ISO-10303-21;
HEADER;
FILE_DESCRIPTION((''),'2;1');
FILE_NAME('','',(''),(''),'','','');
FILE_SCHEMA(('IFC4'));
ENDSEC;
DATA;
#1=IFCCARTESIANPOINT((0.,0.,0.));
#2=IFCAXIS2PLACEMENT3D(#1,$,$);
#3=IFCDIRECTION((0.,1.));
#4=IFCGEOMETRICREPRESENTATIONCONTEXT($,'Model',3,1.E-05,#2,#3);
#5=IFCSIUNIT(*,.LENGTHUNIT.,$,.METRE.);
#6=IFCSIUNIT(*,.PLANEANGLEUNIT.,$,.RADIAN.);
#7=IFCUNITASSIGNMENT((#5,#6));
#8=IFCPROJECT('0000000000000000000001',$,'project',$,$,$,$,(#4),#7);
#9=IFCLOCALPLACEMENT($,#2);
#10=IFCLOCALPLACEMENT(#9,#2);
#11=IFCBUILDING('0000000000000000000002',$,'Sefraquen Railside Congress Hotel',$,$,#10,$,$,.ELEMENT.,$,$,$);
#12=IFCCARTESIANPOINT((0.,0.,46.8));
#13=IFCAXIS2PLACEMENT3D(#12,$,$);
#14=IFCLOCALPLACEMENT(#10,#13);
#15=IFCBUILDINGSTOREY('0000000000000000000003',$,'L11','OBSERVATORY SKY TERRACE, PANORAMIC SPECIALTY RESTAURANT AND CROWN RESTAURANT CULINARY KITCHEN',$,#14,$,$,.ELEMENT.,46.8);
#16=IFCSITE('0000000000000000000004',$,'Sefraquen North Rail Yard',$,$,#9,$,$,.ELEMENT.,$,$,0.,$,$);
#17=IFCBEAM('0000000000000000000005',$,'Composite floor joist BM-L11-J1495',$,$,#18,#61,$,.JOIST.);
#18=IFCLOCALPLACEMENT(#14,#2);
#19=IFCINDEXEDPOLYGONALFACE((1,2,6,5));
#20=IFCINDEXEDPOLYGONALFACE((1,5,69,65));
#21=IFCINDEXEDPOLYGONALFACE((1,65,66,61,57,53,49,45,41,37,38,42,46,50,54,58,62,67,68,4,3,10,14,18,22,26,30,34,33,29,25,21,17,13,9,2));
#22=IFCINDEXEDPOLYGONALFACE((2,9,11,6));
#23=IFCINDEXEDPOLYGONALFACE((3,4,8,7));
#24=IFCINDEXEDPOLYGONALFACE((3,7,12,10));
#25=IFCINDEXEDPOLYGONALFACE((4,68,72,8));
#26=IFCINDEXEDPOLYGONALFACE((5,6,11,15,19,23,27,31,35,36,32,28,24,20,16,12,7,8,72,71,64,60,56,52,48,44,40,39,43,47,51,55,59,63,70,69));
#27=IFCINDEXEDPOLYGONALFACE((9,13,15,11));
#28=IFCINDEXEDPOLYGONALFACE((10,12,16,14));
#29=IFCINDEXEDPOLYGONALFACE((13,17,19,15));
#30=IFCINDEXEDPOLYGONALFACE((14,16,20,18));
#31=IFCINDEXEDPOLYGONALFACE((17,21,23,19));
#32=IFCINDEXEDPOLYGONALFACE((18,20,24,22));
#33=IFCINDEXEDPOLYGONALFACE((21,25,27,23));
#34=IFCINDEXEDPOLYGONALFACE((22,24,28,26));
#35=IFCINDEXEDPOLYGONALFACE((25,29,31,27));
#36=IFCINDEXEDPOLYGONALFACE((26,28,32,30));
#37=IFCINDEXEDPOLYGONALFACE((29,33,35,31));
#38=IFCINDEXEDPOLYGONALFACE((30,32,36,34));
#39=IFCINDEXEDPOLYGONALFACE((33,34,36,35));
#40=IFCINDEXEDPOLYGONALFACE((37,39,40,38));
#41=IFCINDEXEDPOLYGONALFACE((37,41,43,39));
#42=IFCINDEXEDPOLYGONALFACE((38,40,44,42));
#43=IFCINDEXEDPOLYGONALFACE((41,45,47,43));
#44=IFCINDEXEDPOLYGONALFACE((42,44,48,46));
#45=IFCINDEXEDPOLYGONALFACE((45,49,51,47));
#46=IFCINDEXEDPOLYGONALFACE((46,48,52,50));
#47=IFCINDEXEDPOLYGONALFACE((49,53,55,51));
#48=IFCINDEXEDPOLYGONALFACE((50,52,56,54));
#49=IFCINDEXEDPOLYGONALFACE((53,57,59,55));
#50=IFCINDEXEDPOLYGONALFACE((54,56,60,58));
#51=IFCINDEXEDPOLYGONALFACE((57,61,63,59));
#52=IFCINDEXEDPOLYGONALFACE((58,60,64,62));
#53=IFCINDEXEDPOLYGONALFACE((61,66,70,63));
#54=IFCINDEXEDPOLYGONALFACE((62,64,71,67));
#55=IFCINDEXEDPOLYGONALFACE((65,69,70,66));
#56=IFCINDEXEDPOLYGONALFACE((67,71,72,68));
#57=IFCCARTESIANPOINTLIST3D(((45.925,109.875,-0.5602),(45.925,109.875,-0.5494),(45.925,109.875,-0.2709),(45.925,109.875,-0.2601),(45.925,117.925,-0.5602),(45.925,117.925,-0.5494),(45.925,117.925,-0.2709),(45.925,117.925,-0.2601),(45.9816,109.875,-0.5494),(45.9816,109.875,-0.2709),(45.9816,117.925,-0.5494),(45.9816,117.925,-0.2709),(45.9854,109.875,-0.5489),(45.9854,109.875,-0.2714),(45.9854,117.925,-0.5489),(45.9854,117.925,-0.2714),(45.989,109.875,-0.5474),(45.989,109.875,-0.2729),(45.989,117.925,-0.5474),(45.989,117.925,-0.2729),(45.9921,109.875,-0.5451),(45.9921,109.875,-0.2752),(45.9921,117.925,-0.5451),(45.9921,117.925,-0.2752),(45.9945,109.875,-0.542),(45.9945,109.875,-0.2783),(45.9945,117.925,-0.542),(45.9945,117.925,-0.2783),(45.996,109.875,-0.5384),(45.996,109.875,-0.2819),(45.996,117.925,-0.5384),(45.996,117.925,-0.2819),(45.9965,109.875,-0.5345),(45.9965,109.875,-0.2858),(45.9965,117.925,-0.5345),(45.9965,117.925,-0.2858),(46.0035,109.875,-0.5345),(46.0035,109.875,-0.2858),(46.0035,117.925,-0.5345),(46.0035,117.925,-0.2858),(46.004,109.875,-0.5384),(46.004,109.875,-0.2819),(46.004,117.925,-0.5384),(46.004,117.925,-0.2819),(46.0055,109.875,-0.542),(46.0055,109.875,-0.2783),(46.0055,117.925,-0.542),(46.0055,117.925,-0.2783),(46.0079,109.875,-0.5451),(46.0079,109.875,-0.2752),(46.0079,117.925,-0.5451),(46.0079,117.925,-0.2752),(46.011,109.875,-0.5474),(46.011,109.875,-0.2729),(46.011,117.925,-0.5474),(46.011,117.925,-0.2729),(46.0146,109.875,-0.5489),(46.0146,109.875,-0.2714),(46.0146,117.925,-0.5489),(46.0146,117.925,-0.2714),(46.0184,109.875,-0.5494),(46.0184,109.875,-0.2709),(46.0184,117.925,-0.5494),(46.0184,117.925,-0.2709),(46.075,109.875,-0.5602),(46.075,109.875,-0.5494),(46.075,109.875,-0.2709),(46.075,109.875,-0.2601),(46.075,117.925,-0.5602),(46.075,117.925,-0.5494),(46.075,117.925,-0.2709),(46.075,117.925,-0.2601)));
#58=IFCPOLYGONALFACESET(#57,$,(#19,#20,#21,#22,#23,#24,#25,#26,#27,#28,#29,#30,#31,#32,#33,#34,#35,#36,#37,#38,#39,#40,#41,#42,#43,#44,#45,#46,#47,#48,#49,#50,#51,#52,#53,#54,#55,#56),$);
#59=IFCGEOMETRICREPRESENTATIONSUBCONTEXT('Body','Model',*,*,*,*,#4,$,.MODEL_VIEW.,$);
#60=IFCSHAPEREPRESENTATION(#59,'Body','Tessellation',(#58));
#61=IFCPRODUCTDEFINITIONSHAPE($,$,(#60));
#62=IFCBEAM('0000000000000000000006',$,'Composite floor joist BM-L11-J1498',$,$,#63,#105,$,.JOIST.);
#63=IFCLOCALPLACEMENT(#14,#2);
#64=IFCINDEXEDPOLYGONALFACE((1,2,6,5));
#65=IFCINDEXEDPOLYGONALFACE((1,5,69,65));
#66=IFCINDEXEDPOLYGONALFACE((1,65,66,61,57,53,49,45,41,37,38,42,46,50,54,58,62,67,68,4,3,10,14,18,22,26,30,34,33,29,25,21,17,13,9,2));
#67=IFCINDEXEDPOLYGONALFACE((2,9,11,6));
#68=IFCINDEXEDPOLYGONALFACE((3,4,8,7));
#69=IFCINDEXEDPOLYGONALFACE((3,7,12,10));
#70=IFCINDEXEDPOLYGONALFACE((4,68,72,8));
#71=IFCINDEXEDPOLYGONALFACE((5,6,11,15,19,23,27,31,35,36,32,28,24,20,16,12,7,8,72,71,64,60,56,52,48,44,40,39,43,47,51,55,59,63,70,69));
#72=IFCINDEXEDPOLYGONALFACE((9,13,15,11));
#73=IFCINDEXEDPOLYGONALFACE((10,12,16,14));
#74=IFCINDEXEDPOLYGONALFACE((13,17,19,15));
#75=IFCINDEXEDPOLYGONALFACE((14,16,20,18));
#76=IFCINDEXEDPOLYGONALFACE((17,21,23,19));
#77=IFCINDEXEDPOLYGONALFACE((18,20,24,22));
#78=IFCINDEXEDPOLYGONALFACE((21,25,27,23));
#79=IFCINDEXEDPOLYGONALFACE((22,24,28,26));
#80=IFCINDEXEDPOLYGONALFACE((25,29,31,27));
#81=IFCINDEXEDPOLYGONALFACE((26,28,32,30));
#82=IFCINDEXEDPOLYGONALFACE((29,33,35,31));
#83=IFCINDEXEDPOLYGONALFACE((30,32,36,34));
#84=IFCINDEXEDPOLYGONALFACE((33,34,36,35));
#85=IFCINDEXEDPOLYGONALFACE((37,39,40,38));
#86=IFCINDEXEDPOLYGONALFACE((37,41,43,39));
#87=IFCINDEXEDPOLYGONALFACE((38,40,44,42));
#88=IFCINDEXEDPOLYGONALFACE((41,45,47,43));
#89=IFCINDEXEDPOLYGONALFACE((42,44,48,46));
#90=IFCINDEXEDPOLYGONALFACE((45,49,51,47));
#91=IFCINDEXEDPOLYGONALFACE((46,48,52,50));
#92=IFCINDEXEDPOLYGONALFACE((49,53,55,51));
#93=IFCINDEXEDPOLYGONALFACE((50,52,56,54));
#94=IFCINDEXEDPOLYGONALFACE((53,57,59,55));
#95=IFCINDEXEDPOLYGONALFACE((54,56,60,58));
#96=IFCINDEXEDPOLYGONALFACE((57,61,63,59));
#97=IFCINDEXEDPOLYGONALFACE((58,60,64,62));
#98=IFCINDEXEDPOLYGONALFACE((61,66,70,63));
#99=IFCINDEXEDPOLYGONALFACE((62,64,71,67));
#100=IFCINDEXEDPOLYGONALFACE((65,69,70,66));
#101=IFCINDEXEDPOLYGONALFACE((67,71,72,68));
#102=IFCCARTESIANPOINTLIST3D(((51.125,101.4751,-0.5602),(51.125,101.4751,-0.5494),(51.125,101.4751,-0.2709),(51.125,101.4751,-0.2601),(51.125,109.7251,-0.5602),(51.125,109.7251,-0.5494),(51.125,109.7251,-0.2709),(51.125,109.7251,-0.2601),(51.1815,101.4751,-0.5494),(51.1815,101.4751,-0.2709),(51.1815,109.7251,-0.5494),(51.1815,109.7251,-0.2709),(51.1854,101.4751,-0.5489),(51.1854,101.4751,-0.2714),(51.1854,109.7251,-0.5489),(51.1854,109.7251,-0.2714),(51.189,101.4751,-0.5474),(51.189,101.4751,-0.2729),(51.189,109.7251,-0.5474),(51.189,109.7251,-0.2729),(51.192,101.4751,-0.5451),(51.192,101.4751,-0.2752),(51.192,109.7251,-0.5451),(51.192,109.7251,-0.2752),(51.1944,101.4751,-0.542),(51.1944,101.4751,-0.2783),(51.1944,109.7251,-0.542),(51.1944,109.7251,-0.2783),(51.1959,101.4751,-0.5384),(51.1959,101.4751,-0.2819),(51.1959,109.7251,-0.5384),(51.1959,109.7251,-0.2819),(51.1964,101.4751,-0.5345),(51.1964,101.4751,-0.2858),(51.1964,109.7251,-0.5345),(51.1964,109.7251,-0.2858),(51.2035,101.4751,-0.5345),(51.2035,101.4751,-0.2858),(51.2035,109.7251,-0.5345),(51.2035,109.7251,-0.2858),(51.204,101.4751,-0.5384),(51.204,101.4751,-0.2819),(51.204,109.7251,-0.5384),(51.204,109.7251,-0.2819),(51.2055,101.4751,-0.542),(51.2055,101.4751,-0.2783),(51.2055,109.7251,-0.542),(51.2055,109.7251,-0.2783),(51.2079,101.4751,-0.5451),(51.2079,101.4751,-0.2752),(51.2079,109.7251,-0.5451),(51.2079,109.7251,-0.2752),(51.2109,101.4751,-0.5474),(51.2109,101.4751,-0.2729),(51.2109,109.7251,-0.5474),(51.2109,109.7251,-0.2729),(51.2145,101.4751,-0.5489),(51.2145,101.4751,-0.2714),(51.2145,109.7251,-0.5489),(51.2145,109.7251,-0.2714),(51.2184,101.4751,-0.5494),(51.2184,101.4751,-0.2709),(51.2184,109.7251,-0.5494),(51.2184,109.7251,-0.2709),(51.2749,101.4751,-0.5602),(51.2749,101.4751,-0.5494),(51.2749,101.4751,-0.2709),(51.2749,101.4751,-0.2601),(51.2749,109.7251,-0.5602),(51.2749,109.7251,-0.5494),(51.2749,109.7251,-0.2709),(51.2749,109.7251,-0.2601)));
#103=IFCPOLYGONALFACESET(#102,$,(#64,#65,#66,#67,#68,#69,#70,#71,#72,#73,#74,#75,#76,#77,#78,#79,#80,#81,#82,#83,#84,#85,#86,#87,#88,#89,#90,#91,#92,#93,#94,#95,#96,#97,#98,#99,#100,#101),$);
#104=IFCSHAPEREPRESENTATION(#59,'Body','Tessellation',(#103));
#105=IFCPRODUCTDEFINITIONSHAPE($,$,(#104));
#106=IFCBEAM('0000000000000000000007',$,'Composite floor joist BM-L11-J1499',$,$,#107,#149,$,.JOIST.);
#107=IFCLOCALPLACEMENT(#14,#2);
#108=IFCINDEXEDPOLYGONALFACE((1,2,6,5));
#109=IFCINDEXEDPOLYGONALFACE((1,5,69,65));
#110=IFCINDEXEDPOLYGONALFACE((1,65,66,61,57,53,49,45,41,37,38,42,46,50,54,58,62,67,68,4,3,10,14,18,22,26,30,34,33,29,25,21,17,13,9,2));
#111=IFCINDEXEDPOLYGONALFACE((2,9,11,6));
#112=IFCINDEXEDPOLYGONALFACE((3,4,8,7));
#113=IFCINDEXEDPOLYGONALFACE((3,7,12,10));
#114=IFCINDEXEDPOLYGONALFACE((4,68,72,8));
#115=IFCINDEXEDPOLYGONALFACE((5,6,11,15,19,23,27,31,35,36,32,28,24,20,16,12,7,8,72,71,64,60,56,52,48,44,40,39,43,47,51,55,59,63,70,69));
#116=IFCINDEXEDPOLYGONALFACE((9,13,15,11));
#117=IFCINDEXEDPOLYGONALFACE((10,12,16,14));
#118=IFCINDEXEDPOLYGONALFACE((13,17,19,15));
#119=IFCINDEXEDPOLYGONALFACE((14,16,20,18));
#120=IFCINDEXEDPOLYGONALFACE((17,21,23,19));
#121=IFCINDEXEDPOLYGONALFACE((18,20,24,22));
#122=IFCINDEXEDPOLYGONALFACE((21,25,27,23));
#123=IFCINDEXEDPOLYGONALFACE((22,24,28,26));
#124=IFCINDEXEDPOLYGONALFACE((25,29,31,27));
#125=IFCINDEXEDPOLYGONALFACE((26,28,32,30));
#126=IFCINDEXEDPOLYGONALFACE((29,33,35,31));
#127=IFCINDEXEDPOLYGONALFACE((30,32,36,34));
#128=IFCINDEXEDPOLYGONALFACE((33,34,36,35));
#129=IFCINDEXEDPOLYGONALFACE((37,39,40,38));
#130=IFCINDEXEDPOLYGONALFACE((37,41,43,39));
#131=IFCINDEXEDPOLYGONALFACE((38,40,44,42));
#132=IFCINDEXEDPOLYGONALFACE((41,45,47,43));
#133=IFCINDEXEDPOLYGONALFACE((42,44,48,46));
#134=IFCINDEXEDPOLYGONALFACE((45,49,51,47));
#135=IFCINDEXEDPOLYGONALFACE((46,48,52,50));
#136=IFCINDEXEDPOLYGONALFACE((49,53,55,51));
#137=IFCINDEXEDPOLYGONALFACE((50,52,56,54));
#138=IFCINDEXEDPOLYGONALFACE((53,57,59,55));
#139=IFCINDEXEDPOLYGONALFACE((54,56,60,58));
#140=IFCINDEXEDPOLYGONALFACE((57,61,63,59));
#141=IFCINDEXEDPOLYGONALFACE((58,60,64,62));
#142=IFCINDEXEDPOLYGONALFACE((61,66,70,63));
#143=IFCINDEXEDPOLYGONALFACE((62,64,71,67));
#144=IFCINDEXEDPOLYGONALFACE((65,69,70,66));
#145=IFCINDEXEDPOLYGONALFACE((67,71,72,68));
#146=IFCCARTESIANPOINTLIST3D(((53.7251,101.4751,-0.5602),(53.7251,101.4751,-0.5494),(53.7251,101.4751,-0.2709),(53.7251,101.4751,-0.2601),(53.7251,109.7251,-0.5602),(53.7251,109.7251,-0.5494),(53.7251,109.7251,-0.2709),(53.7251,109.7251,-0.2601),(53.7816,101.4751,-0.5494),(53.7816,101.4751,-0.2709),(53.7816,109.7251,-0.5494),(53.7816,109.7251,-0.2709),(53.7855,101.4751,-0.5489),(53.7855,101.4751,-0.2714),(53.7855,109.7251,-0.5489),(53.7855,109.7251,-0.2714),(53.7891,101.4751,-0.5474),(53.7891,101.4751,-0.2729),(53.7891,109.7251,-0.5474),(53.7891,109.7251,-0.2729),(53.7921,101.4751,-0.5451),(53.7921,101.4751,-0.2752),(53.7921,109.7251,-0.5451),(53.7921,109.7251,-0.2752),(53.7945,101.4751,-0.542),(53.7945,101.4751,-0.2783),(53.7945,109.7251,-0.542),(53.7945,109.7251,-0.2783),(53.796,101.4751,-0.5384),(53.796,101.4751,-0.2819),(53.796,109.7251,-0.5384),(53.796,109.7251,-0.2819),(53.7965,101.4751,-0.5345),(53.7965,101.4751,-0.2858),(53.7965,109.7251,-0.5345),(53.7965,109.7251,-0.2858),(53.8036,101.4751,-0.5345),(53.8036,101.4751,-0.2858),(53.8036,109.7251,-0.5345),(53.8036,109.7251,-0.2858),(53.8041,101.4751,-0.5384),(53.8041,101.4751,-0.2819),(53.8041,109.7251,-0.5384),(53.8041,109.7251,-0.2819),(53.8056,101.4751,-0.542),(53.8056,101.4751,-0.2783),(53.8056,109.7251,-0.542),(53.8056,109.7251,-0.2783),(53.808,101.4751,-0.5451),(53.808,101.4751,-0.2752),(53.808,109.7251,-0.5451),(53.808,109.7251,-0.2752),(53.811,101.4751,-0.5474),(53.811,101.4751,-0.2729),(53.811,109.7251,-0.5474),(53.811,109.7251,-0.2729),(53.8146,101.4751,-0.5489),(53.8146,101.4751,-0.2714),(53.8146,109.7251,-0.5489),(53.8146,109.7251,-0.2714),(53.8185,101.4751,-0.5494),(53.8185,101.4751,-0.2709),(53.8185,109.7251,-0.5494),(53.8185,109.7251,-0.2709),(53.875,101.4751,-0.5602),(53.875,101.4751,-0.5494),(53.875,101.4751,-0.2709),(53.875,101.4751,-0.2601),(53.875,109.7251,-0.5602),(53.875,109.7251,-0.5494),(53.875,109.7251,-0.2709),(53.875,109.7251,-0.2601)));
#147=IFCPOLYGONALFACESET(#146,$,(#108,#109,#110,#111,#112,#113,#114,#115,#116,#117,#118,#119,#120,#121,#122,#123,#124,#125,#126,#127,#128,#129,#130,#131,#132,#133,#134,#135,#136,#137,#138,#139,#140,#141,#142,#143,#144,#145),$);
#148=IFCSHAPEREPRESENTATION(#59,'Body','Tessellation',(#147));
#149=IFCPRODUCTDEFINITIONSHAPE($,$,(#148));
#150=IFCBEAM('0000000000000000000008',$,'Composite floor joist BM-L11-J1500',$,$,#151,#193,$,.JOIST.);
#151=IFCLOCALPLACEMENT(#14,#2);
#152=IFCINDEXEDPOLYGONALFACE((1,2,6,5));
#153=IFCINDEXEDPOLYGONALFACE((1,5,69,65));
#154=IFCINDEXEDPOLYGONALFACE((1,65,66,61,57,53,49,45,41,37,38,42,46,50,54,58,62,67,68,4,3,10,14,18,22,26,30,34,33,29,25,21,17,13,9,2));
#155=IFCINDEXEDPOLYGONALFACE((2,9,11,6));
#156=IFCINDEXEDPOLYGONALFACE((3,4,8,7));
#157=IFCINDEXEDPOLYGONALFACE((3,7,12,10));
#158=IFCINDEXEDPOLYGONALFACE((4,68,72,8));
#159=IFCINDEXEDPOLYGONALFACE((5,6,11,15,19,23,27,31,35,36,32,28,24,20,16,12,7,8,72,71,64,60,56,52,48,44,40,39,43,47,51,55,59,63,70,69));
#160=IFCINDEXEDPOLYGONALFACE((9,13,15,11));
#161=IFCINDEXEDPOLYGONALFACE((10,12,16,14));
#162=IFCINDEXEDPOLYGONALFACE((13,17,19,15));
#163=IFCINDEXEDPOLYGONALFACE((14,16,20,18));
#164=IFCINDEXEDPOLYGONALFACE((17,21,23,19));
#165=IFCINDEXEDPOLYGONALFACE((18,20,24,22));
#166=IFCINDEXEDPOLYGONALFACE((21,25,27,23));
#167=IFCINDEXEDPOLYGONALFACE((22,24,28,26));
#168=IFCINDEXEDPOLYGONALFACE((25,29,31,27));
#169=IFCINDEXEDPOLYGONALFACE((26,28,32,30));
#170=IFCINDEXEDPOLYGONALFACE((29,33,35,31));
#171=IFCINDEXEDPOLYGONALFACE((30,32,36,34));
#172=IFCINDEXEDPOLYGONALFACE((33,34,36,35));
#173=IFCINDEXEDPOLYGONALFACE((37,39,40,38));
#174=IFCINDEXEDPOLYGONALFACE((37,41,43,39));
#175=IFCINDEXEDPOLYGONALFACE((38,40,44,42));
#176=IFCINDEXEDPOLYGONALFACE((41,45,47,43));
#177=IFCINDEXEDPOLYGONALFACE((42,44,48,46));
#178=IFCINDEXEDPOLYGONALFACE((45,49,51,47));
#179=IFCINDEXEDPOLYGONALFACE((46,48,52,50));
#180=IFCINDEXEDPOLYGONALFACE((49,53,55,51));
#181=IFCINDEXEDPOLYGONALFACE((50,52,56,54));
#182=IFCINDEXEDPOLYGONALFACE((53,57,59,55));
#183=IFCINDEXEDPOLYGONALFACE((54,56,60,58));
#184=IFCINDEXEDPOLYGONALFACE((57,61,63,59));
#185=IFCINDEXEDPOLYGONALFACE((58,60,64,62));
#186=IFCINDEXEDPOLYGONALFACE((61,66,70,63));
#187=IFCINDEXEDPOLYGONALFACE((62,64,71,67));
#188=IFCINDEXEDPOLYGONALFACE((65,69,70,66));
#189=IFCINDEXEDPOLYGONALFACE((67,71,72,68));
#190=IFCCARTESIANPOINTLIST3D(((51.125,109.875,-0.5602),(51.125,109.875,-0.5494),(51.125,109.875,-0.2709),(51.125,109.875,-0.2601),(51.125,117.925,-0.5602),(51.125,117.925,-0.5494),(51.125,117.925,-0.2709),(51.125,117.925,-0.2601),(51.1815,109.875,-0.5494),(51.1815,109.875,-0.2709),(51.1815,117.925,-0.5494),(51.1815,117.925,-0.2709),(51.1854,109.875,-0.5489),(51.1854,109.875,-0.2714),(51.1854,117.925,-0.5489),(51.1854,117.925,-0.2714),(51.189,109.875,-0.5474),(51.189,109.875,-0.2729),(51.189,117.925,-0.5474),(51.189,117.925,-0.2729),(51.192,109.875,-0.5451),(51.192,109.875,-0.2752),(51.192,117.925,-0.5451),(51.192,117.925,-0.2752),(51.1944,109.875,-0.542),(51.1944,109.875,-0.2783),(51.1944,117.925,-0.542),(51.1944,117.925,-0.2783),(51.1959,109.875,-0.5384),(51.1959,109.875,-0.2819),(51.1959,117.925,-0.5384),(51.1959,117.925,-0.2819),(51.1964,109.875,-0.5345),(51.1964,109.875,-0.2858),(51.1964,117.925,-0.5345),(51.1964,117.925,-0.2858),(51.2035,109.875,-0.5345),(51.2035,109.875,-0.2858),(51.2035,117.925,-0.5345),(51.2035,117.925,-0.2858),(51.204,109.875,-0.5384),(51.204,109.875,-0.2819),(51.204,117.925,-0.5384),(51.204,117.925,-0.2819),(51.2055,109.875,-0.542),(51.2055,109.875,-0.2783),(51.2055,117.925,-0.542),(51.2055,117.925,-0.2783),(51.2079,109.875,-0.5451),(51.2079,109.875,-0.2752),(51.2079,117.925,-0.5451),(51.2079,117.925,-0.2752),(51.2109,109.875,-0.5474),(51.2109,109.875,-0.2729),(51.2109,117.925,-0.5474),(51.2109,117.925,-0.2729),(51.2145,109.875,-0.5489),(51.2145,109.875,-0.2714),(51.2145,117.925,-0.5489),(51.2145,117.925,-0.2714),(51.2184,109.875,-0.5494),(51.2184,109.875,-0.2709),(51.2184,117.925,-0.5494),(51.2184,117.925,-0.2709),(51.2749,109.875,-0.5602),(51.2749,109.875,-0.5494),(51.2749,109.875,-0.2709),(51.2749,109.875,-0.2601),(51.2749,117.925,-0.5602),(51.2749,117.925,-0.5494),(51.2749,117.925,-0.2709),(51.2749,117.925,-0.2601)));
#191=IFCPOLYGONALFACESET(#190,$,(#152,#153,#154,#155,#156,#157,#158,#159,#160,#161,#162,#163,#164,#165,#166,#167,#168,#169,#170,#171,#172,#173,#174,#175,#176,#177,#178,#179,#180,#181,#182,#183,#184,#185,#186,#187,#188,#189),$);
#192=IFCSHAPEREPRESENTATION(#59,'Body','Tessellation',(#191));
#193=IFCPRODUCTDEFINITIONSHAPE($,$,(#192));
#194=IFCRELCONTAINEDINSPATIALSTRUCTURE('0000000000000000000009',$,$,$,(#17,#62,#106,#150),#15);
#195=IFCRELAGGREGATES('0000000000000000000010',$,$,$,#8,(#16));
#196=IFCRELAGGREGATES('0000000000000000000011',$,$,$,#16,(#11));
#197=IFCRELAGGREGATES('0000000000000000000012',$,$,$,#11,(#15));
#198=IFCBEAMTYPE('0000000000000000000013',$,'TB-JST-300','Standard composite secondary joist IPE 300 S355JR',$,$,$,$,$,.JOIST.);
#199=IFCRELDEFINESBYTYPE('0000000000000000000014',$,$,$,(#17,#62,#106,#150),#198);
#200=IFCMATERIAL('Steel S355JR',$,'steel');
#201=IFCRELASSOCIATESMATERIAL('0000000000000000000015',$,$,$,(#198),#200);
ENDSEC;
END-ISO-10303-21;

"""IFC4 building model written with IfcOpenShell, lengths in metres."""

from ifc_helpers import new_model, si_unit, direction, frame, origin, origin_2d, place, context, subcontext, project, spatial, i_section, extrude, material, material_profile, profile_set, type_object, element, save


model = new_model("IFC4")

# Units and contexts
model_context = context("Model", 3, precision=1e-05, world=origin(), true_north=direction((0.0, 1.0)))
body_context = subcontext(model_context, "Body", "Model", "MODEL_VIEW")
ifc_project = project(units=[si_unit("LENGTHUNIT", "METRE"), si_unit("PLANEANGLEUNIT", "RADIAN")], contexts=[model_context])

# Site, building, storey
site_placement = place(None, origin())
site = spatial("IfcSite", under=ifc_project, at=site_placement, Name="Sefraquen North Rail Yard", CompositionType="ELEMENT", RefElevation=0.0)
building_placement = place(site_placement, origin())
building = spatial("IfcBuilding", under=site, at=building_placement, Name="Sefraquen Railside Congress Hotel", CompositionType="ELEMENT")
storey_placement = place(building_placement, frame((0.0, 0.0, 46.8)))
storey = spatial("IfcBuildingStorey", under=building, at=storey_placement, Name="L11", Description="OBSERVATORY SKY TERRACE, PANORAMIC SPECIALTY RESTAURANT AND CROWN RESTAURANT CULINARY KITCHEN", CompositionType="ELEMENT", Elevation=46.8)

# Shared definitions
ifc_material_1 = material(Name="Steel S355JR", Category="steel")

# Beams
ifc_material_profile_1 = material_profile(ifc_material_1, i_section(OverallWidth=0.1499, OverallDepth=0.3, WebThickness=0.0071, FlangeThickness=0.0107, FilletRadius=0.0149, at=origin_2d()), Name="IPE 300")
ifc_profile_set_1 = profile_set([ifc_material_profile_1], Name="Steel S355JR")
beam_type_1 = type_object("IfcBeamType", Name="TB-JST-300", Description="Standard composite secondary joist IPE 300 S355JR", PredefinedType="JOIST", material=ifc_profile_set_1)
for number, where, z_axis, x_axis, name in (
    (1, (46.0, 109.875, -0.4102), (0.0, 1.0, 0.0), (-1.0, 0.0, 0.0), "Composite floor joist BM-L11-J1495"),
):
    element("IfcBeam", number, at=place(storey_placement, frame(where, z_axis=z_axis, x_axis=x_axis)), inside=storey, type_object=beam_type_1, Name=name, PredefinedType="JOIST", context=body_context, shape_type="SweptSolid", body=[
        extrude(i_section(OverallWidth=0.1499, OverallDepth=0.3, WebThickness=0.0071, FlangeThickness=0.0107, FilletRadius=0.0149, at=origin_2d()), origin(), (0.0, 0.0, 1.0), 8.05),
    ])
for number, where, z_axis, x_axis, name in (
    (2, (51.2, 101.4751, -0.4102), (0.0, 1.0, 0.0), (-1.0, 0.0, 0.0), "Composite floor joist BM-L11-J1498"),
    (3, (53.8, 101.4751, -0.4102), (0.0, 1.0, 0.0), (-1.0, 0.0, 0.0), "Composite floor joist BM-L11-J1499"),
):
    element("IfcBeam", number, at=place(storey_placement, frame(where, z_axis=z_axis, x_axis=x_axis)), inside=storey, type_object=beam_type_1, Name=name, PredefinedType="JOIST", context=body_context, shape_type="SweptSolid", body=[
        extrude(i_section(OverallWidth=0.1499, OverallDepth=0.3, WebThickness=0.0071, FlangeThickness=0.0107, FilletRadius=0.0149, at=origin_2d()), origin(), (0.0, 0.0, 1.0), 8.25),
    ])
for number, where, z_axis, x_axis, name in (
    (4, (51.2, 109.875, -0.4102), (0.0, 1.0, 0.0), (-1.0, 0.0, 0.0), "Composite floor joist BM-L11-J1500"),
):
    element("IfcBeam", number, at=place(storey_placement, frame(where, z_axis=z_axis, x_axis=x_axis)), inside=storey, type_object=beam_type_1, Name=name, PredefinedType="JOIST", context=body_context, shape_type="SweptSolid", body=[
        extrude(i_section(OverallWidth=0.1499, OverallDepth=0.3, WebThickness=0.0071, FlangeThickness=0.0107, FilletRadius=0.0149, at=origin_2d()), origin(), (0.0, 0.0, 1.0), 8.05),
    ])

save(model, "model.ifc")
